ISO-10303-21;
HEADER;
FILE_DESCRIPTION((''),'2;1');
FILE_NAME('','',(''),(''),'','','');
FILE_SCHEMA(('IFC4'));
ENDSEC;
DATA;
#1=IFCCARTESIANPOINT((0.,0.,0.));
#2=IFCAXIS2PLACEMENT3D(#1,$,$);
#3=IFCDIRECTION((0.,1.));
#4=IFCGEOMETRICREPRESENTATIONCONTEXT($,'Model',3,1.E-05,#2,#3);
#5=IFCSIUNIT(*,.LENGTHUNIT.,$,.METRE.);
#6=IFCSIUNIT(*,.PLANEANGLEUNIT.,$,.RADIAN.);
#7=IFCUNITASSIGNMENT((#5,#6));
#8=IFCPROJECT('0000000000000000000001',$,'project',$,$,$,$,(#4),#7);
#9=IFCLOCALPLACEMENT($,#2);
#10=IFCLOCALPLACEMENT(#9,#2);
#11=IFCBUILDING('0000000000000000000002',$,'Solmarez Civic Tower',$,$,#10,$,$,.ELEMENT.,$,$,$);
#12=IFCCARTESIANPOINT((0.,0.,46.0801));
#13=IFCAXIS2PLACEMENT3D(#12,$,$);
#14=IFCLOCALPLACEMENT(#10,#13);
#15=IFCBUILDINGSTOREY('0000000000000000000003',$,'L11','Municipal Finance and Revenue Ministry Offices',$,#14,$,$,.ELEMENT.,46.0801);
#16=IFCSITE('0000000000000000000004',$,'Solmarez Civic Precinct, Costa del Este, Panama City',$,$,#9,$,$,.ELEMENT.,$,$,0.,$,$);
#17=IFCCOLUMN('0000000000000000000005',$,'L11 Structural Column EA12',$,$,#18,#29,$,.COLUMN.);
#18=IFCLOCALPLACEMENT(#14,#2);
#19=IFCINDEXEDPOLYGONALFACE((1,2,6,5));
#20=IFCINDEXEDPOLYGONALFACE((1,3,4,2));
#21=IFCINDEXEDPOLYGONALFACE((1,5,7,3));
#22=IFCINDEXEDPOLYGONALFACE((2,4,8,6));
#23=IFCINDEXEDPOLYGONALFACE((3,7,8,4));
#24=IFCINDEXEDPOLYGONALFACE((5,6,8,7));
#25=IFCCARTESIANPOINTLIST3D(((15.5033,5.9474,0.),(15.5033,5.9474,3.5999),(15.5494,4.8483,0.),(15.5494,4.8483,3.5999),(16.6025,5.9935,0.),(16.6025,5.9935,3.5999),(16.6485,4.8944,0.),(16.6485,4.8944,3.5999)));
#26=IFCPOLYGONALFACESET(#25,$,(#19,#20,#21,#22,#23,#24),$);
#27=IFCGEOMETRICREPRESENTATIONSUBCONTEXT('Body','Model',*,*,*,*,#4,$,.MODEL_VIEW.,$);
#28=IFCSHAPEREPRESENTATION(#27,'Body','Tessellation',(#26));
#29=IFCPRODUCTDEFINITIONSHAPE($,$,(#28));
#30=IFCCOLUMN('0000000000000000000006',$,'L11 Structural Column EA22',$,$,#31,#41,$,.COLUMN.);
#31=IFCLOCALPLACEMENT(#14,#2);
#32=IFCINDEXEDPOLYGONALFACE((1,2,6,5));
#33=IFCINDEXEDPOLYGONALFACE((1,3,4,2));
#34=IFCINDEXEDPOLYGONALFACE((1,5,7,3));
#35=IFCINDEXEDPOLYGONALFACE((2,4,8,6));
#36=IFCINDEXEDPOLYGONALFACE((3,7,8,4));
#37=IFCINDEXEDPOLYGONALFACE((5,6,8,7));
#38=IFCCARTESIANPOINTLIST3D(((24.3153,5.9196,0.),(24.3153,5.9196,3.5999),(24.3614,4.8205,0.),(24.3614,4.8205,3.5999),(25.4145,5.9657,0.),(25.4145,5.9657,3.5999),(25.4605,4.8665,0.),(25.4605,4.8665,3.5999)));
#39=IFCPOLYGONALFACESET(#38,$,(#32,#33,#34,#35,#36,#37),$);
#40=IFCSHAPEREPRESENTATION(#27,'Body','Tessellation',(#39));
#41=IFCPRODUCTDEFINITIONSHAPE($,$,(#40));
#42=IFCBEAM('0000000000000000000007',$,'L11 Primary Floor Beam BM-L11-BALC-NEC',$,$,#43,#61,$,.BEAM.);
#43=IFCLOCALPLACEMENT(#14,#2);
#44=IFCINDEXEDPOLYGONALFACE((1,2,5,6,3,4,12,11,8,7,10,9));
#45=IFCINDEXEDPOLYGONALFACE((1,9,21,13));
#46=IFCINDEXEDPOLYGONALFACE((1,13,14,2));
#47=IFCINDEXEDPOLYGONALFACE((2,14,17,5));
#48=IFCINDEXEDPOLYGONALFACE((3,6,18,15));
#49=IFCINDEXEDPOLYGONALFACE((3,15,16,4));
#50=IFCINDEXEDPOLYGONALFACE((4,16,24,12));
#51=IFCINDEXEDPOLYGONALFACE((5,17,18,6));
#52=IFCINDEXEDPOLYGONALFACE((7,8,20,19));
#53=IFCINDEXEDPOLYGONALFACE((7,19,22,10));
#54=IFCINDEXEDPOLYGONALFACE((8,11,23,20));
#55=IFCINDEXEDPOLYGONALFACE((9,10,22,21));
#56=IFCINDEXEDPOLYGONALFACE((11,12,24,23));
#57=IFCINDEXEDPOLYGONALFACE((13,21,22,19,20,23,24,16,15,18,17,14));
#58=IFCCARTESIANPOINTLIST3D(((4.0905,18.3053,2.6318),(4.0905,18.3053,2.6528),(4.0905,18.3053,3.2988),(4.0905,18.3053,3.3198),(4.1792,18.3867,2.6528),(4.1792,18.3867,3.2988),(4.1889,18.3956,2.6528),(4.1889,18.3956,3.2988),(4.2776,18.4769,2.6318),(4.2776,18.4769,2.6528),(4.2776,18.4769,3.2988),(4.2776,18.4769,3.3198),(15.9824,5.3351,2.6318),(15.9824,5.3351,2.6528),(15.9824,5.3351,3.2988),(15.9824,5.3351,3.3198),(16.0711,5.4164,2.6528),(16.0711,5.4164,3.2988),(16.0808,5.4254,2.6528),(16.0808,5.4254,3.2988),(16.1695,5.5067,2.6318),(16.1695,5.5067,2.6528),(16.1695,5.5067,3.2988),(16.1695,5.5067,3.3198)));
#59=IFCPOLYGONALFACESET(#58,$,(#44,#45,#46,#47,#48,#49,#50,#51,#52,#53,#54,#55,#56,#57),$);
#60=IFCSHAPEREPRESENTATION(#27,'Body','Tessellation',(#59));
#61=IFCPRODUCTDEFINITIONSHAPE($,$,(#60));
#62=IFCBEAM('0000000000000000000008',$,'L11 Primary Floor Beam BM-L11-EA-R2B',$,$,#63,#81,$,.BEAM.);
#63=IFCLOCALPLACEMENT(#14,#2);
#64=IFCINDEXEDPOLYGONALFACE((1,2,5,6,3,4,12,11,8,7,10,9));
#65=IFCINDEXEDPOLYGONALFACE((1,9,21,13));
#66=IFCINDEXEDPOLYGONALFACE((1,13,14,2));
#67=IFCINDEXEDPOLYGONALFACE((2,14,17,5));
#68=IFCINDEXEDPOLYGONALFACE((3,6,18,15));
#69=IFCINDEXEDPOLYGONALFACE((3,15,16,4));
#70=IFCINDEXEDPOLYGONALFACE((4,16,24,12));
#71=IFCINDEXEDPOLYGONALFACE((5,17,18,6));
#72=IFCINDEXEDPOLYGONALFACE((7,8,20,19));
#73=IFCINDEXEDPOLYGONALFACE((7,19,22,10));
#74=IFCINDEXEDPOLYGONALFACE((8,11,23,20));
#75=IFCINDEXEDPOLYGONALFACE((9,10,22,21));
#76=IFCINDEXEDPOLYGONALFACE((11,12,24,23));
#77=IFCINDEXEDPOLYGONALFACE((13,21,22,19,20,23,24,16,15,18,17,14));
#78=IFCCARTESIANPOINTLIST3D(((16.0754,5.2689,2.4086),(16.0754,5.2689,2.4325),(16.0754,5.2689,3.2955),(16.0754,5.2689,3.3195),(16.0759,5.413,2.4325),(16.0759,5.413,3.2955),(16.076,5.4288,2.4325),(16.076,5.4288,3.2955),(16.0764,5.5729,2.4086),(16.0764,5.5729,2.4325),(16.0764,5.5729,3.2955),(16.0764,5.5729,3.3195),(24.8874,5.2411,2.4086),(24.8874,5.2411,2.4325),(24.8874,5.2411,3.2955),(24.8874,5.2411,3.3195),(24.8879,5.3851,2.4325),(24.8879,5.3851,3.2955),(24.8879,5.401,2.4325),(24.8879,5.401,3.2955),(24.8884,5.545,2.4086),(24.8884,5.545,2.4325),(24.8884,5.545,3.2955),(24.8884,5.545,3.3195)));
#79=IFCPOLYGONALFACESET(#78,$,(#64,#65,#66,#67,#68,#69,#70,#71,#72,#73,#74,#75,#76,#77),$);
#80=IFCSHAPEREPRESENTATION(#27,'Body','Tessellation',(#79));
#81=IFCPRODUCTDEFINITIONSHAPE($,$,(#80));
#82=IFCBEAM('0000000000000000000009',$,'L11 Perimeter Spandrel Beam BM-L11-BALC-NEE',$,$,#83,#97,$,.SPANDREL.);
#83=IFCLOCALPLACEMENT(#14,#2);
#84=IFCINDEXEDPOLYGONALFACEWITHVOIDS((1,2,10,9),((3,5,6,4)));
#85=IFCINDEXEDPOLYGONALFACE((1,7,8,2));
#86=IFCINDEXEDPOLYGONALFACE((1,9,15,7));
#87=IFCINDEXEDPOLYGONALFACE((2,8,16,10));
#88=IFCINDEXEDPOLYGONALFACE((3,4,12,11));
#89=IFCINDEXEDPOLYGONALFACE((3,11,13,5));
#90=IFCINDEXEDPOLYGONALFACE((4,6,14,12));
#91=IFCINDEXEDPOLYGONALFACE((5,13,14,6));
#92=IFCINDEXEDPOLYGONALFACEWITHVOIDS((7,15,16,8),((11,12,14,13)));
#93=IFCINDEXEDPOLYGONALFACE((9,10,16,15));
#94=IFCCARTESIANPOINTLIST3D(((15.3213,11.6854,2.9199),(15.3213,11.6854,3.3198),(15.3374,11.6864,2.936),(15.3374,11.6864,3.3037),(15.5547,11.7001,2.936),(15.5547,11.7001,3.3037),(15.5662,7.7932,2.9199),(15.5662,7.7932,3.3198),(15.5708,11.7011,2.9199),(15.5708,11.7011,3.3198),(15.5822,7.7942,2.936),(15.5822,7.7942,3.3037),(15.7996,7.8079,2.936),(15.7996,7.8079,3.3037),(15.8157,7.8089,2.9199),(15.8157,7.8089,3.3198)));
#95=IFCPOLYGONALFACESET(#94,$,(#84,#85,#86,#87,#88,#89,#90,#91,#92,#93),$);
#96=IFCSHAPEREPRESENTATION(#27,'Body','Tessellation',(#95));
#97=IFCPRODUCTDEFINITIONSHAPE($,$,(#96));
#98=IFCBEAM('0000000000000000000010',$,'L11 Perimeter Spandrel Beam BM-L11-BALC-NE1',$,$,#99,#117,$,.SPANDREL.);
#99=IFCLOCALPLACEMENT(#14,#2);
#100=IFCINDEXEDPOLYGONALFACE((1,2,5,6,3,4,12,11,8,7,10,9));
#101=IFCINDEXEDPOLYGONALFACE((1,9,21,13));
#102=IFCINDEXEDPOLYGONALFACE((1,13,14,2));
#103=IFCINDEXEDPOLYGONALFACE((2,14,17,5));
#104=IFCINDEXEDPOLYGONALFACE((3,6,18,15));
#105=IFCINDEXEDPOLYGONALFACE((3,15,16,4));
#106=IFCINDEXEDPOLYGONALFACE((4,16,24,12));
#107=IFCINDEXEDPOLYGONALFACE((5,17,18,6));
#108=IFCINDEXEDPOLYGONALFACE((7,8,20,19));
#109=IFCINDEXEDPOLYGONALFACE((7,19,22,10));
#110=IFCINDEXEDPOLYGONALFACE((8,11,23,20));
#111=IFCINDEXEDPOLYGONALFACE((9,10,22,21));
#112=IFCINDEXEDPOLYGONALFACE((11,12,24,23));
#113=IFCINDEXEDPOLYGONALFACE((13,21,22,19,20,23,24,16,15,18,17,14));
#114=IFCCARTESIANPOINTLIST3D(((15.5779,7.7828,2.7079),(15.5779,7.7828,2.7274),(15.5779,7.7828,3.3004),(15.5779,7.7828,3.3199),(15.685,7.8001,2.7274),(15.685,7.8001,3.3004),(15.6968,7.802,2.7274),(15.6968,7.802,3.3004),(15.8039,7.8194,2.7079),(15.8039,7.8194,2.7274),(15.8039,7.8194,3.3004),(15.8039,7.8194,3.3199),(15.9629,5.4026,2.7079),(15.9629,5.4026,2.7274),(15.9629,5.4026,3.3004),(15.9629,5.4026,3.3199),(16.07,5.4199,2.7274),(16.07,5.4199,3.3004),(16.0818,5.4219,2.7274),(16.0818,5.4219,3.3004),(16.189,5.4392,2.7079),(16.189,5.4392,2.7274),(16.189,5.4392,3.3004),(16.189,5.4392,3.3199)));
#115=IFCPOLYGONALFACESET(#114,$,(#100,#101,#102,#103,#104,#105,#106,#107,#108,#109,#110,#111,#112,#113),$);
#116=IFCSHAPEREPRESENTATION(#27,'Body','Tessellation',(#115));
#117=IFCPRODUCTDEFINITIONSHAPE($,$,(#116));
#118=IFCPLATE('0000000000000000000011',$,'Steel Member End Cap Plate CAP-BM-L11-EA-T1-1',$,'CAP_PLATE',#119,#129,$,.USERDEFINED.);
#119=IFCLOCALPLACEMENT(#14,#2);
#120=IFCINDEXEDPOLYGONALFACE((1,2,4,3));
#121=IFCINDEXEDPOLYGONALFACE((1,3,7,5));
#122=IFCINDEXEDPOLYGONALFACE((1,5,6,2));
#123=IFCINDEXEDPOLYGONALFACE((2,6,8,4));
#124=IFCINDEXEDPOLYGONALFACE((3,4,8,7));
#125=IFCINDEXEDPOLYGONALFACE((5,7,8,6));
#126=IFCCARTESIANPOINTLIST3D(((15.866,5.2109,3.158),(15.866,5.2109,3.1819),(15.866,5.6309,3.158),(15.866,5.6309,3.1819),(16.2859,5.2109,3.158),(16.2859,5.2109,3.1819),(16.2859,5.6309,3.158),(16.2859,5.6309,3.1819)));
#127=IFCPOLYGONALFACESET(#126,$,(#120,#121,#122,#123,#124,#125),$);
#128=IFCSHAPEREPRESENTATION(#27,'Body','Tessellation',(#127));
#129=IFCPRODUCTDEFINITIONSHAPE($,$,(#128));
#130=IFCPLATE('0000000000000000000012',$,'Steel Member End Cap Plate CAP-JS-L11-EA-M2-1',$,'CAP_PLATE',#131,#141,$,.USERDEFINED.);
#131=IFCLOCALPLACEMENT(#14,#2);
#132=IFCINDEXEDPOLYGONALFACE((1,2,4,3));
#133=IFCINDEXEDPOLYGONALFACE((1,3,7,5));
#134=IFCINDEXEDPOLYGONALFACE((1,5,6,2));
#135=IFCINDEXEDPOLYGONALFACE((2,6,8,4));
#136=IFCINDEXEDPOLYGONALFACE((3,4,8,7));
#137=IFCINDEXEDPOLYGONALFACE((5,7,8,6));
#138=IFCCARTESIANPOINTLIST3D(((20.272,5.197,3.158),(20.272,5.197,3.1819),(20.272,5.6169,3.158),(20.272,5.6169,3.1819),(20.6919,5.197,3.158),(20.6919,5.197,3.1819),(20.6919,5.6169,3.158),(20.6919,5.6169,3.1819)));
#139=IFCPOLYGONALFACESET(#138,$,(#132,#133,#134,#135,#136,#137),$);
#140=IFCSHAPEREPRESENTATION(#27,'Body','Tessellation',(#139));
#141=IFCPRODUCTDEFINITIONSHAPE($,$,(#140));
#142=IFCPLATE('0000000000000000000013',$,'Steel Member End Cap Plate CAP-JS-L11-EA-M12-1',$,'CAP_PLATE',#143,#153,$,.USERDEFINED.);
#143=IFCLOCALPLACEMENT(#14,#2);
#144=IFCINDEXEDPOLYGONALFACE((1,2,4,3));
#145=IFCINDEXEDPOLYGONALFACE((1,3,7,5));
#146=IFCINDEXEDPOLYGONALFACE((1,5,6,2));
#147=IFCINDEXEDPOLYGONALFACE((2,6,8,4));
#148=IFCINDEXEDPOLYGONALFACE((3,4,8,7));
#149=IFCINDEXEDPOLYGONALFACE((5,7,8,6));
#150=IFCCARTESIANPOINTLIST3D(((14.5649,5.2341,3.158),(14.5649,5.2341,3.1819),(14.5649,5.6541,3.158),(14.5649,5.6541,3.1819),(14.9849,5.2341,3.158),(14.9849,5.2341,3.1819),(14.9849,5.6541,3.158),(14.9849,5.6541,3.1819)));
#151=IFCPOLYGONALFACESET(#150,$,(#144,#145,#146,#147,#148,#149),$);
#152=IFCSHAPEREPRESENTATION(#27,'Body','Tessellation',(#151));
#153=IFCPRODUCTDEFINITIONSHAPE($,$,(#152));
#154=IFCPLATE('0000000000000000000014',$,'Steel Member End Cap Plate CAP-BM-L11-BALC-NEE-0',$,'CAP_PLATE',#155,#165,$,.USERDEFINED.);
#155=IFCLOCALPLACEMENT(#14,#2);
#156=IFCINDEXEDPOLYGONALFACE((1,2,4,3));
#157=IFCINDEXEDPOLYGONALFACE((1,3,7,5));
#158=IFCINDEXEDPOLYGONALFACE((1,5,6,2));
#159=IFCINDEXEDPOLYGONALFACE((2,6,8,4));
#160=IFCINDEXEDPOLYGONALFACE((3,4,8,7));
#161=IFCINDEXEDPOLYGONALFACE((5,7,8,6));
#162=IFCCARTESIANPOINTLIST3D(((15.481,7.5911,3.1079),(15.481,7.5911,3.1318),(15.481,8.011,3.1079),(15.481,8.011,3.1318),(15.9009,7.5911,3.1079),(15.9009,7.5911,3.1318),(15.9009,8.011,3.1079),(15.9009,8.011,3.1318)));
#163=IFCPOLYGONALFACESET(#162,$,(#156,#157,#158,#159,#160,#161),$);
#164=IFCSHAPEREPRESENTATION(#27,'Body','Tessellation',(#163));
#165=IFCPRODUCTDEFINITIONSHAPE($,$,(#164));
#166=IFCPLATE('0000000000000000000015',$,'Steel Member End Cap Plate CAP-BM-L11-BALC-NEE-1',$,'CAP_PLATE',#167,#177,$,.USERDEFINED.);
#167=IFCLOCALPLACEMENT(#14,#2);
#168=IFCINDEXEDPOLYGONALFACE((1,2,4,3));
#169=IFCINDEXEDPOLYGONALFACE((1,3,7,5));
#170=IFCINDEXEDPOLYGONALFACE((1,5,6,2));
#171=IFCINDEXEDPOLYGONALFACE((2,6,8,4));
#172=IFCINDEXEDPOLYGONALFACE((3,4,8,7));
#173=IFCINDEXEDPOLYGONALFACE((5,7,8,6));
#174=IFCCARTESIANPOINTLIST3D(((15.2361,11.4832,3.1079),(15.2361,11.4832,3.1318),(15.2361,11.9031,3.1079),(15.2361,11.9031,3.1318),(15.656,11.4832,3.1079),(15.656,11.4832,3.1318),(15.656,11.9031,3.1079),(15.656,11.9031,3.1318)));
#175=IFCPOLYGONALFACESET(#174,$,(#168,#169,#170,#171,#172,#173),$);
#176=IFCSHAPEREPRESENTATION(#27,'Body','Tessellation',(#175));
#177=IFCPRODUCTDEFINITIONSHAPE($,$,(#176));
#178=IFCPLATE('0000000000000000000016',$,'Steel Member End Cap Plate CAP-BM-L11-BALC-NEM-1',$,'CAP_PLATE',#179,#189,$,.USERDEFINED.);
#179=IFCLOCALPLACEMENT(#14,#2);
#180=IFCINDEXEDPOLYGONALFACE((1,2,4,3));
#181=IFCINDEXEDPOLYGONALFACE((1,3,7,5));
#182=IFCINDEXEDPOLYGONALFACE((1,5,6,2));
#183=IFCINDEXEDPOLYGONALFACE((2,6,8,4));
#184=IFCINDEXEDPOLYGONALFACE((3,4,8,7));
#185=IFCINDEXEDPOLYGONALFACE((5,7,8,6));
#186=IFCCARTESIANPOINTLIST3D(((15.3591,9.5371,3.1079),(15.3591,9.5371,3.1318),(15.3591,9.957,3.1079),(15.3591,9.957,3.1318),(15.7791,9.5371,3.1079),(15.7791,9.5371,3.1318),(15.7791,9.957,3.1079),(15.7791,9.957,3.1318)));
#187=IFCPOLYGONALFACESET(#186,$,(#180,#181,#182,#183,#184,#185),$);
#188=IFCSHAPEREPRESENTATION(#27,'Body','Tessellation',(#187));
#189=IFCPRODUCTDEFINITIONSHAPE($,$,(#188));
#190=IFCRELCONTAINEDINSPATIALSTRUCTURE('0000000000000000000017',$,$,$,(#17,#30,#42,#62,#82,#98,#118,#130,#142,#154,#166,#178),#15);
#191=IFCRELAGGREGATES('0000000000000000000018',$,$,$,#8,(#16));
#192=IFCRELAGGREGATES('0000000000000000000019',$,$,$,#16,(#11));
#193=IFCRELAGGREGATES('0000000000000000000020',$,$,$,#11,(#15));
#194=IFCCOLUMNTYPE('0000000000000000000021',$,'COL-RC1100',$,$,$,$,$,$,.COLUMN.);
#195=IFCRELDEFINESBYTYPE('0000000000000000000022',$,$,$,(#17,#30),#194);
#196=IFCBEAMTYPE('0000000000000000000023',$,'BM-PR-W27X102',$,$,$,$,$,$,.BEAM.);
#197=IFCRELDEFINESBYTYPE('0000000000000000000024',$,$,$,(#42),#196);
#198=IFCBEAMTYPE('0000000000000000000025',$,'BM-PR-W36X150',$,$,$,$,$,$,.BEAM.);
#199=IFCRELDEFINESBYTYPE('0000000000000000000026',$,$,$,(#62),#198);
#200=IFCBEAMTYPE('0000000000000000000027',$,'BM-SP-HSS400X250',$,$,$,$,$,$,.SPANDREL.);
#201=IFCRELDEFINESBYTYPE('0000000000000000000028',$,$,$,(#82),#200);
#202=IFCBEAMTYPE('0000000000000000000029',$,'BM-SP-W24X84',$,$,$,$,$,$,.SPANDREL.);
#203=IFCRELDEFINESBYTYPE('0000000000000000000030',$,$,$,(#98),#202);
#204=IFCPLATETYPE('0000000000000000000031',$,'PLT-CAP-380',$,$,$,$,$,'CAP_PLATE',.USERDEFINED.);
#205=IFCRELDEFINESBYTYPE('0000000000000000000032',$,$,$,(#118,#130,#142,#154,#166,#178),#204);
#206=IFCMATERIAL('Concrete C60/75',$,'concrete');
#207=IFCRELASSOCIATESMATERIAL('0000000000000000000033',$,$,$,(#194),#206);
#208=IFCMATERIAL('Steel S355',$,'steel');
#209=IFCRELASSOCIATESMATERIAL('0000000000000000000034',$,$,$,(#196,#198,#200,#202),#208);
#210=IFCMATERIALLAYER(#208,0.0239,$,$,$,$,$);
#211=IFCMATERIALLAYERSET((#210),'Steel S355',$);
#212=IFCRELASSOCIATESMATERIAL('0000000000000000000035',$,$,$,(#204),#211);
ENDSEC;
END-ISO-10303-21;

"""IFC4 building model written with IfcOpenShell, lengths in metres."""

from ifc_helpers import new_model, si_unit, direction, frame, origin, origin_2d, place, context, subcontext, project, spatial, rectangle, hollow_rectangle, i_section, extrude, material, layer, layer_set, material_profile, profile_set, type_object, element, save


model = new_model("IFC4")

# Units and contexts
model_context = context("Model", 3, precision=1e-05, world=origin(), true_north=direction((0.0, 1.0)))
body_context = subcontext(model_context, "Body", "Model", "MODEL_VIEW")
ifc_project = project(units=[si_unit("LENGTHUNIT", "METRE"), si_unit("PLANEANGLEUNIT", "RADIAN")], contexts=[model_context])

# Site, building, storey
site_placement = place(None, origin())
site = spatial("IfcSite", under=ifc_project, at=site_placement, Name="Solmarez Civic Precinct, Costa del Este, Panama City", CompositionType="ELEMENT", RefElevation=0.0)
building_placement = place(site_placement, origin())
building = spatial("IfcBuilding", under=site, at=building_placement, Name="Solmarez Civic Tower", CompositionType="ELEMENT")
storey_placement = place(building_placement, frame((0.0, 0.0, 46.0801)))
storey = spatial("IfcBuildingStorey", under=building, at=storey_placement, Name="L11", Description="Municipal Finance and Revenue Ministry Offices", CompositionType="ELEMENT", Elevation=46.0801)

# Columns
ifc_material_1 = material(Name="Concrete C60/75", Category="concrete")
ifc_material_profile_1 = material_profile(ifc_material_1, rectangle(XDim=1.1001, YDim=1.1001, at=origin_2d()), Name="RC1100X1100")
ifc_profile_set_1 = profile_set([ifc_material_profile_1], Name="Concrete C60/75")
column_type = type_object("IfcColumnType", Name="COL-RC1100", PredefinedType="COLUMN", material=ifc_profile_set_1)
for number, where, z_axis, x_axis, name in (
    (1, (16.0759, 5.4209, 0.0), (0.0, 0.0, 1.0), (0.999123, 0.041876, 0.0), "L11 Structural Column EA12"),
    (2, (24.8879, 5.3931, 0.0), (0.0, 0.0, 1.0), (0.999123, 0.041876, 0.0), "L11 Structural Column EA22"),
):
    element("IfcColumn", number, at=place(storey_placement, frame(where, z_axis=z_axis, x_axis=x_axis)), inside=storey, type_object=column_type, Name=name, PredefinedType="COLUMN", context=body_context, shape_type="SweptSolid", body=[
        extrude(rectangle(XDim=1.1001, YDim=1.1001, at=origin_2d()), origin(), (0.0, 0.0, 1.0), 3.5999),
    ])

# Beams
ifc_material_2 = material(Name="Steel S355", Category="steel")
ifc_material_profile_2 = material_profile(ifc_material_2, i_section(OverallWidth=0.2539, OverallDepth=0.688, WebThickness=0.0132, FlangeThickness=0.021, at=origin_2d()), Name="W27X102")
ifc_profile_set_2 = profile_set([ifc_material_profile_2], Name="Steel S355")
beam_type_1 = type_object("IfcBeamType", Name="BM-PR-W27X102", PredefinedType="BEAM", material=ifc_profile_set_2)
beam_1_placement = place(storey_placement, frame((16.0759, 5.4209, 2.9758), z_axis=(-0.675801, 0.737084, 0.0), x_axis=(-0.737084, -0.675801, 0.0)))
element("IfcBeam", 3, at=beam_1_placement, inside=storey, type_object=beam_type_1, Name="L11 Primary Floor Beam BM-L11-BALC-NEC", PredefinedType="BEAM", context=body_context, shape_type="SweptSolid", body=[
    extrude(i_section(OverallWidth=0.2539, OverallDepth=0.688, WebThickness=0.0132, FlangeThickness=0.021, at=origin_2d()), origin(), (0.0, 0.0, 1.0), 17.5967),
])
ifc_material_profile_3 = material_profile(ifc_material_2, i_section(OverallWidth=0.304, OverallDepth=0.9109, WebThickness=0.0159, FlangeThickness=0.0239, at=origin_2d()), Name="W36X150")
ifc_profile_set_3 = profile_set([ifc_material_profile_3], Name="Steel S355")
beam_type_2 = type_object("IfcBeamType", Name="BM-PR-W36X150", PredefinedType="BEAM", material=ifc_profile_set_3)
beam_2_placement = place(storey_placement, frame((16.0759, 5.4209, 2.864), z_axis=(0.999995, -0.003158, 0.0), x_axis=(0.003158, 0.999995, 0.0)))
element("IfcBeam", 4, at=beam_2_placement, inside=storey, type_object=beam_type_2, Name="L11 Primary Floor Beam BM-L11-EA-R2B", PredefinedType="BEAM", context=body_context, shape_type="SweptSolid", body=[
    extrude(i_section(OverallWidth=0.304, OverallDepth=0.9109, WebThickness=0.0159, FlangeThickness=0.0239, at=origin_2d()), origin(), (0.0, 0.0, 1.0), 8.812),
])
ifc_material_profile_4 = material_profile(ifc_material_2, hollow_rectangle(XDim=0.25, YDim=0.3999, WallThickness=0.0161, at=origin_2d()), Name="HSS400X250X16")
ifc_profile_set_4 = profile_set([ifc_material_profile_4], Name="Steel S355")
beam_type_3 = type_object("IfcBeamType", Name="BM-SP-HSS400X250", PredefinedType="SPANDREL", material=ifc_profile_set_4)
beam_3_placement = place(storey_placement, frame((15.6909, 7.801, 3.1199), z_axis=(-0.062791, 0.998027, 0.0), x_axis=(-0.998027, -0.062791, 0.0)))
element("IfcBeam", 5, at=beam_3_placement, inside=storey, type_object=beam_type_3, Name="L11 Perimeter Spandrel Beam BM-L11-BALC-NEE", PredefinedType="SPANDREL", context=body_context, shape_type="SweptSolid", body=[
    extrude(hollow_rectangle(XDim=0.25, YDim=0.3999, WallThickness=0.0161, at=origin_2d()), origin(), (0.0, 0.0, 1.0), 3.8999),
])
ifc_material_profile_5 = material_profile(ifc_material_2, i_section(OverallWidth=0.229, OverallDepth=0.6121, WebThickness=0.012, FlangeThickness=0.0195, at=origin_2d()), Name="W24X84")
ifc_profile_set_5 = profile_set([ifc_material_profile_5], Name="Steel S355")
beam_type_4 = type_object("IfcBeamType", Name="BM-SP-W24X84", PredefinedType="SPANDREL", material=ifc_profile_set_5)
beam_4_placement = place(storey_placement, frame((16.0759, 5.4209, 3.0139), z_axis=(-0.159684, 0.987168, 0.0), x_axis=(-0.987168, -0.159684, 0.0)))
element("IfcBeam", 6, at=beam_4_placement, inside=storey, type_object=beam_type_4, Name="L11 Perimeter Spandrel Beam BM-L11-BALC-NE1", PredefinedType="SPANDREL", context=body_context, shape_type="SweptSolid", body=[
    extrude(i_section(OverallWidth=0.229, OverallDepth=0.6121, WebThickness=0.012, FlangeThickness=0.0195, at=origin_2d()), origin(), (0.0, 0.0, 1.0), 2.4111),
])

# Plates
ifc_layer_1 = layer(ifc_material_2, 0.0239)
ifc_layer_set_1 = layer_set([ifc_layer_1], Name="Steel S355")
plate_type_1 = type_object("IfcPlateType", Name="PLT-CAP-380", ElementType="CAP_PLATE", PredefinedType="USERDEFINED", material=ifc_layer_set_1)
for number, where, z_axis, x_axis, name in (
    (7, (16.0759, 5.4209, 3.158), (0.0, 0.0, 1.0), (1.0, 0.0, 0.0), "Steel Member End Cap Plate CAP-BM-L11-EA-T1-1"),
    (8, (20.4819, 5.407, 3.158), (0.0, 0.0, 1.0), (1.0, 0.0, 0.0), "Steel Member End Cap Plate CAP-JS-L11-EA-M2-1"),
    (9, (14.7749, 5.4441, 3.158), (0.0, 0.0, 1.0), (1.0, 0.0, 0.0), "Steel Member End Cap Plate CAP-JS-L11-EA-M12-1"),
    (10, (15.6909, 7.801, 3.1079), (0.0, 0.0, 1.0), (1.0, 0.0, 0.0), "Steel Member End Cap Plate CAP-BM-L11-BALC-NEE-0"),
    (11, (15.446, 11.6931, 3.1079), (0.0, 0.0, 1.0), (1.0, 0.0, 0.0), "Steel Member End Cap Plate CAP-BM-L11-BALC-NEE-1"),
    (12, (15.5691, 9.7471, 3.1079), (0.0, 0.0, 1.0), (1.0, 0.0, 0.0), "Steel Member End Cap Plate CAP-BM-L11-BALC-NEM-1"),
):
    element("IfcPlate", number, at=place(storey_placement, frame(where, z_axis=z_axis, x_axis=x_axis)), inside=storey, type_object=plate_type_1, Name=name, ObjectType="CAP_PLATE", PredefinedType="USERDEFINED", context=body_context, shape_type="SweptSolid", body=[
        extrude(rectangle(XDim=0.4199, YDim=0.4199, at=origin_2d()), origin(), (0.0, 0.0, 1.0), 0.0239),
    ])

save(model, "model.ifc")
